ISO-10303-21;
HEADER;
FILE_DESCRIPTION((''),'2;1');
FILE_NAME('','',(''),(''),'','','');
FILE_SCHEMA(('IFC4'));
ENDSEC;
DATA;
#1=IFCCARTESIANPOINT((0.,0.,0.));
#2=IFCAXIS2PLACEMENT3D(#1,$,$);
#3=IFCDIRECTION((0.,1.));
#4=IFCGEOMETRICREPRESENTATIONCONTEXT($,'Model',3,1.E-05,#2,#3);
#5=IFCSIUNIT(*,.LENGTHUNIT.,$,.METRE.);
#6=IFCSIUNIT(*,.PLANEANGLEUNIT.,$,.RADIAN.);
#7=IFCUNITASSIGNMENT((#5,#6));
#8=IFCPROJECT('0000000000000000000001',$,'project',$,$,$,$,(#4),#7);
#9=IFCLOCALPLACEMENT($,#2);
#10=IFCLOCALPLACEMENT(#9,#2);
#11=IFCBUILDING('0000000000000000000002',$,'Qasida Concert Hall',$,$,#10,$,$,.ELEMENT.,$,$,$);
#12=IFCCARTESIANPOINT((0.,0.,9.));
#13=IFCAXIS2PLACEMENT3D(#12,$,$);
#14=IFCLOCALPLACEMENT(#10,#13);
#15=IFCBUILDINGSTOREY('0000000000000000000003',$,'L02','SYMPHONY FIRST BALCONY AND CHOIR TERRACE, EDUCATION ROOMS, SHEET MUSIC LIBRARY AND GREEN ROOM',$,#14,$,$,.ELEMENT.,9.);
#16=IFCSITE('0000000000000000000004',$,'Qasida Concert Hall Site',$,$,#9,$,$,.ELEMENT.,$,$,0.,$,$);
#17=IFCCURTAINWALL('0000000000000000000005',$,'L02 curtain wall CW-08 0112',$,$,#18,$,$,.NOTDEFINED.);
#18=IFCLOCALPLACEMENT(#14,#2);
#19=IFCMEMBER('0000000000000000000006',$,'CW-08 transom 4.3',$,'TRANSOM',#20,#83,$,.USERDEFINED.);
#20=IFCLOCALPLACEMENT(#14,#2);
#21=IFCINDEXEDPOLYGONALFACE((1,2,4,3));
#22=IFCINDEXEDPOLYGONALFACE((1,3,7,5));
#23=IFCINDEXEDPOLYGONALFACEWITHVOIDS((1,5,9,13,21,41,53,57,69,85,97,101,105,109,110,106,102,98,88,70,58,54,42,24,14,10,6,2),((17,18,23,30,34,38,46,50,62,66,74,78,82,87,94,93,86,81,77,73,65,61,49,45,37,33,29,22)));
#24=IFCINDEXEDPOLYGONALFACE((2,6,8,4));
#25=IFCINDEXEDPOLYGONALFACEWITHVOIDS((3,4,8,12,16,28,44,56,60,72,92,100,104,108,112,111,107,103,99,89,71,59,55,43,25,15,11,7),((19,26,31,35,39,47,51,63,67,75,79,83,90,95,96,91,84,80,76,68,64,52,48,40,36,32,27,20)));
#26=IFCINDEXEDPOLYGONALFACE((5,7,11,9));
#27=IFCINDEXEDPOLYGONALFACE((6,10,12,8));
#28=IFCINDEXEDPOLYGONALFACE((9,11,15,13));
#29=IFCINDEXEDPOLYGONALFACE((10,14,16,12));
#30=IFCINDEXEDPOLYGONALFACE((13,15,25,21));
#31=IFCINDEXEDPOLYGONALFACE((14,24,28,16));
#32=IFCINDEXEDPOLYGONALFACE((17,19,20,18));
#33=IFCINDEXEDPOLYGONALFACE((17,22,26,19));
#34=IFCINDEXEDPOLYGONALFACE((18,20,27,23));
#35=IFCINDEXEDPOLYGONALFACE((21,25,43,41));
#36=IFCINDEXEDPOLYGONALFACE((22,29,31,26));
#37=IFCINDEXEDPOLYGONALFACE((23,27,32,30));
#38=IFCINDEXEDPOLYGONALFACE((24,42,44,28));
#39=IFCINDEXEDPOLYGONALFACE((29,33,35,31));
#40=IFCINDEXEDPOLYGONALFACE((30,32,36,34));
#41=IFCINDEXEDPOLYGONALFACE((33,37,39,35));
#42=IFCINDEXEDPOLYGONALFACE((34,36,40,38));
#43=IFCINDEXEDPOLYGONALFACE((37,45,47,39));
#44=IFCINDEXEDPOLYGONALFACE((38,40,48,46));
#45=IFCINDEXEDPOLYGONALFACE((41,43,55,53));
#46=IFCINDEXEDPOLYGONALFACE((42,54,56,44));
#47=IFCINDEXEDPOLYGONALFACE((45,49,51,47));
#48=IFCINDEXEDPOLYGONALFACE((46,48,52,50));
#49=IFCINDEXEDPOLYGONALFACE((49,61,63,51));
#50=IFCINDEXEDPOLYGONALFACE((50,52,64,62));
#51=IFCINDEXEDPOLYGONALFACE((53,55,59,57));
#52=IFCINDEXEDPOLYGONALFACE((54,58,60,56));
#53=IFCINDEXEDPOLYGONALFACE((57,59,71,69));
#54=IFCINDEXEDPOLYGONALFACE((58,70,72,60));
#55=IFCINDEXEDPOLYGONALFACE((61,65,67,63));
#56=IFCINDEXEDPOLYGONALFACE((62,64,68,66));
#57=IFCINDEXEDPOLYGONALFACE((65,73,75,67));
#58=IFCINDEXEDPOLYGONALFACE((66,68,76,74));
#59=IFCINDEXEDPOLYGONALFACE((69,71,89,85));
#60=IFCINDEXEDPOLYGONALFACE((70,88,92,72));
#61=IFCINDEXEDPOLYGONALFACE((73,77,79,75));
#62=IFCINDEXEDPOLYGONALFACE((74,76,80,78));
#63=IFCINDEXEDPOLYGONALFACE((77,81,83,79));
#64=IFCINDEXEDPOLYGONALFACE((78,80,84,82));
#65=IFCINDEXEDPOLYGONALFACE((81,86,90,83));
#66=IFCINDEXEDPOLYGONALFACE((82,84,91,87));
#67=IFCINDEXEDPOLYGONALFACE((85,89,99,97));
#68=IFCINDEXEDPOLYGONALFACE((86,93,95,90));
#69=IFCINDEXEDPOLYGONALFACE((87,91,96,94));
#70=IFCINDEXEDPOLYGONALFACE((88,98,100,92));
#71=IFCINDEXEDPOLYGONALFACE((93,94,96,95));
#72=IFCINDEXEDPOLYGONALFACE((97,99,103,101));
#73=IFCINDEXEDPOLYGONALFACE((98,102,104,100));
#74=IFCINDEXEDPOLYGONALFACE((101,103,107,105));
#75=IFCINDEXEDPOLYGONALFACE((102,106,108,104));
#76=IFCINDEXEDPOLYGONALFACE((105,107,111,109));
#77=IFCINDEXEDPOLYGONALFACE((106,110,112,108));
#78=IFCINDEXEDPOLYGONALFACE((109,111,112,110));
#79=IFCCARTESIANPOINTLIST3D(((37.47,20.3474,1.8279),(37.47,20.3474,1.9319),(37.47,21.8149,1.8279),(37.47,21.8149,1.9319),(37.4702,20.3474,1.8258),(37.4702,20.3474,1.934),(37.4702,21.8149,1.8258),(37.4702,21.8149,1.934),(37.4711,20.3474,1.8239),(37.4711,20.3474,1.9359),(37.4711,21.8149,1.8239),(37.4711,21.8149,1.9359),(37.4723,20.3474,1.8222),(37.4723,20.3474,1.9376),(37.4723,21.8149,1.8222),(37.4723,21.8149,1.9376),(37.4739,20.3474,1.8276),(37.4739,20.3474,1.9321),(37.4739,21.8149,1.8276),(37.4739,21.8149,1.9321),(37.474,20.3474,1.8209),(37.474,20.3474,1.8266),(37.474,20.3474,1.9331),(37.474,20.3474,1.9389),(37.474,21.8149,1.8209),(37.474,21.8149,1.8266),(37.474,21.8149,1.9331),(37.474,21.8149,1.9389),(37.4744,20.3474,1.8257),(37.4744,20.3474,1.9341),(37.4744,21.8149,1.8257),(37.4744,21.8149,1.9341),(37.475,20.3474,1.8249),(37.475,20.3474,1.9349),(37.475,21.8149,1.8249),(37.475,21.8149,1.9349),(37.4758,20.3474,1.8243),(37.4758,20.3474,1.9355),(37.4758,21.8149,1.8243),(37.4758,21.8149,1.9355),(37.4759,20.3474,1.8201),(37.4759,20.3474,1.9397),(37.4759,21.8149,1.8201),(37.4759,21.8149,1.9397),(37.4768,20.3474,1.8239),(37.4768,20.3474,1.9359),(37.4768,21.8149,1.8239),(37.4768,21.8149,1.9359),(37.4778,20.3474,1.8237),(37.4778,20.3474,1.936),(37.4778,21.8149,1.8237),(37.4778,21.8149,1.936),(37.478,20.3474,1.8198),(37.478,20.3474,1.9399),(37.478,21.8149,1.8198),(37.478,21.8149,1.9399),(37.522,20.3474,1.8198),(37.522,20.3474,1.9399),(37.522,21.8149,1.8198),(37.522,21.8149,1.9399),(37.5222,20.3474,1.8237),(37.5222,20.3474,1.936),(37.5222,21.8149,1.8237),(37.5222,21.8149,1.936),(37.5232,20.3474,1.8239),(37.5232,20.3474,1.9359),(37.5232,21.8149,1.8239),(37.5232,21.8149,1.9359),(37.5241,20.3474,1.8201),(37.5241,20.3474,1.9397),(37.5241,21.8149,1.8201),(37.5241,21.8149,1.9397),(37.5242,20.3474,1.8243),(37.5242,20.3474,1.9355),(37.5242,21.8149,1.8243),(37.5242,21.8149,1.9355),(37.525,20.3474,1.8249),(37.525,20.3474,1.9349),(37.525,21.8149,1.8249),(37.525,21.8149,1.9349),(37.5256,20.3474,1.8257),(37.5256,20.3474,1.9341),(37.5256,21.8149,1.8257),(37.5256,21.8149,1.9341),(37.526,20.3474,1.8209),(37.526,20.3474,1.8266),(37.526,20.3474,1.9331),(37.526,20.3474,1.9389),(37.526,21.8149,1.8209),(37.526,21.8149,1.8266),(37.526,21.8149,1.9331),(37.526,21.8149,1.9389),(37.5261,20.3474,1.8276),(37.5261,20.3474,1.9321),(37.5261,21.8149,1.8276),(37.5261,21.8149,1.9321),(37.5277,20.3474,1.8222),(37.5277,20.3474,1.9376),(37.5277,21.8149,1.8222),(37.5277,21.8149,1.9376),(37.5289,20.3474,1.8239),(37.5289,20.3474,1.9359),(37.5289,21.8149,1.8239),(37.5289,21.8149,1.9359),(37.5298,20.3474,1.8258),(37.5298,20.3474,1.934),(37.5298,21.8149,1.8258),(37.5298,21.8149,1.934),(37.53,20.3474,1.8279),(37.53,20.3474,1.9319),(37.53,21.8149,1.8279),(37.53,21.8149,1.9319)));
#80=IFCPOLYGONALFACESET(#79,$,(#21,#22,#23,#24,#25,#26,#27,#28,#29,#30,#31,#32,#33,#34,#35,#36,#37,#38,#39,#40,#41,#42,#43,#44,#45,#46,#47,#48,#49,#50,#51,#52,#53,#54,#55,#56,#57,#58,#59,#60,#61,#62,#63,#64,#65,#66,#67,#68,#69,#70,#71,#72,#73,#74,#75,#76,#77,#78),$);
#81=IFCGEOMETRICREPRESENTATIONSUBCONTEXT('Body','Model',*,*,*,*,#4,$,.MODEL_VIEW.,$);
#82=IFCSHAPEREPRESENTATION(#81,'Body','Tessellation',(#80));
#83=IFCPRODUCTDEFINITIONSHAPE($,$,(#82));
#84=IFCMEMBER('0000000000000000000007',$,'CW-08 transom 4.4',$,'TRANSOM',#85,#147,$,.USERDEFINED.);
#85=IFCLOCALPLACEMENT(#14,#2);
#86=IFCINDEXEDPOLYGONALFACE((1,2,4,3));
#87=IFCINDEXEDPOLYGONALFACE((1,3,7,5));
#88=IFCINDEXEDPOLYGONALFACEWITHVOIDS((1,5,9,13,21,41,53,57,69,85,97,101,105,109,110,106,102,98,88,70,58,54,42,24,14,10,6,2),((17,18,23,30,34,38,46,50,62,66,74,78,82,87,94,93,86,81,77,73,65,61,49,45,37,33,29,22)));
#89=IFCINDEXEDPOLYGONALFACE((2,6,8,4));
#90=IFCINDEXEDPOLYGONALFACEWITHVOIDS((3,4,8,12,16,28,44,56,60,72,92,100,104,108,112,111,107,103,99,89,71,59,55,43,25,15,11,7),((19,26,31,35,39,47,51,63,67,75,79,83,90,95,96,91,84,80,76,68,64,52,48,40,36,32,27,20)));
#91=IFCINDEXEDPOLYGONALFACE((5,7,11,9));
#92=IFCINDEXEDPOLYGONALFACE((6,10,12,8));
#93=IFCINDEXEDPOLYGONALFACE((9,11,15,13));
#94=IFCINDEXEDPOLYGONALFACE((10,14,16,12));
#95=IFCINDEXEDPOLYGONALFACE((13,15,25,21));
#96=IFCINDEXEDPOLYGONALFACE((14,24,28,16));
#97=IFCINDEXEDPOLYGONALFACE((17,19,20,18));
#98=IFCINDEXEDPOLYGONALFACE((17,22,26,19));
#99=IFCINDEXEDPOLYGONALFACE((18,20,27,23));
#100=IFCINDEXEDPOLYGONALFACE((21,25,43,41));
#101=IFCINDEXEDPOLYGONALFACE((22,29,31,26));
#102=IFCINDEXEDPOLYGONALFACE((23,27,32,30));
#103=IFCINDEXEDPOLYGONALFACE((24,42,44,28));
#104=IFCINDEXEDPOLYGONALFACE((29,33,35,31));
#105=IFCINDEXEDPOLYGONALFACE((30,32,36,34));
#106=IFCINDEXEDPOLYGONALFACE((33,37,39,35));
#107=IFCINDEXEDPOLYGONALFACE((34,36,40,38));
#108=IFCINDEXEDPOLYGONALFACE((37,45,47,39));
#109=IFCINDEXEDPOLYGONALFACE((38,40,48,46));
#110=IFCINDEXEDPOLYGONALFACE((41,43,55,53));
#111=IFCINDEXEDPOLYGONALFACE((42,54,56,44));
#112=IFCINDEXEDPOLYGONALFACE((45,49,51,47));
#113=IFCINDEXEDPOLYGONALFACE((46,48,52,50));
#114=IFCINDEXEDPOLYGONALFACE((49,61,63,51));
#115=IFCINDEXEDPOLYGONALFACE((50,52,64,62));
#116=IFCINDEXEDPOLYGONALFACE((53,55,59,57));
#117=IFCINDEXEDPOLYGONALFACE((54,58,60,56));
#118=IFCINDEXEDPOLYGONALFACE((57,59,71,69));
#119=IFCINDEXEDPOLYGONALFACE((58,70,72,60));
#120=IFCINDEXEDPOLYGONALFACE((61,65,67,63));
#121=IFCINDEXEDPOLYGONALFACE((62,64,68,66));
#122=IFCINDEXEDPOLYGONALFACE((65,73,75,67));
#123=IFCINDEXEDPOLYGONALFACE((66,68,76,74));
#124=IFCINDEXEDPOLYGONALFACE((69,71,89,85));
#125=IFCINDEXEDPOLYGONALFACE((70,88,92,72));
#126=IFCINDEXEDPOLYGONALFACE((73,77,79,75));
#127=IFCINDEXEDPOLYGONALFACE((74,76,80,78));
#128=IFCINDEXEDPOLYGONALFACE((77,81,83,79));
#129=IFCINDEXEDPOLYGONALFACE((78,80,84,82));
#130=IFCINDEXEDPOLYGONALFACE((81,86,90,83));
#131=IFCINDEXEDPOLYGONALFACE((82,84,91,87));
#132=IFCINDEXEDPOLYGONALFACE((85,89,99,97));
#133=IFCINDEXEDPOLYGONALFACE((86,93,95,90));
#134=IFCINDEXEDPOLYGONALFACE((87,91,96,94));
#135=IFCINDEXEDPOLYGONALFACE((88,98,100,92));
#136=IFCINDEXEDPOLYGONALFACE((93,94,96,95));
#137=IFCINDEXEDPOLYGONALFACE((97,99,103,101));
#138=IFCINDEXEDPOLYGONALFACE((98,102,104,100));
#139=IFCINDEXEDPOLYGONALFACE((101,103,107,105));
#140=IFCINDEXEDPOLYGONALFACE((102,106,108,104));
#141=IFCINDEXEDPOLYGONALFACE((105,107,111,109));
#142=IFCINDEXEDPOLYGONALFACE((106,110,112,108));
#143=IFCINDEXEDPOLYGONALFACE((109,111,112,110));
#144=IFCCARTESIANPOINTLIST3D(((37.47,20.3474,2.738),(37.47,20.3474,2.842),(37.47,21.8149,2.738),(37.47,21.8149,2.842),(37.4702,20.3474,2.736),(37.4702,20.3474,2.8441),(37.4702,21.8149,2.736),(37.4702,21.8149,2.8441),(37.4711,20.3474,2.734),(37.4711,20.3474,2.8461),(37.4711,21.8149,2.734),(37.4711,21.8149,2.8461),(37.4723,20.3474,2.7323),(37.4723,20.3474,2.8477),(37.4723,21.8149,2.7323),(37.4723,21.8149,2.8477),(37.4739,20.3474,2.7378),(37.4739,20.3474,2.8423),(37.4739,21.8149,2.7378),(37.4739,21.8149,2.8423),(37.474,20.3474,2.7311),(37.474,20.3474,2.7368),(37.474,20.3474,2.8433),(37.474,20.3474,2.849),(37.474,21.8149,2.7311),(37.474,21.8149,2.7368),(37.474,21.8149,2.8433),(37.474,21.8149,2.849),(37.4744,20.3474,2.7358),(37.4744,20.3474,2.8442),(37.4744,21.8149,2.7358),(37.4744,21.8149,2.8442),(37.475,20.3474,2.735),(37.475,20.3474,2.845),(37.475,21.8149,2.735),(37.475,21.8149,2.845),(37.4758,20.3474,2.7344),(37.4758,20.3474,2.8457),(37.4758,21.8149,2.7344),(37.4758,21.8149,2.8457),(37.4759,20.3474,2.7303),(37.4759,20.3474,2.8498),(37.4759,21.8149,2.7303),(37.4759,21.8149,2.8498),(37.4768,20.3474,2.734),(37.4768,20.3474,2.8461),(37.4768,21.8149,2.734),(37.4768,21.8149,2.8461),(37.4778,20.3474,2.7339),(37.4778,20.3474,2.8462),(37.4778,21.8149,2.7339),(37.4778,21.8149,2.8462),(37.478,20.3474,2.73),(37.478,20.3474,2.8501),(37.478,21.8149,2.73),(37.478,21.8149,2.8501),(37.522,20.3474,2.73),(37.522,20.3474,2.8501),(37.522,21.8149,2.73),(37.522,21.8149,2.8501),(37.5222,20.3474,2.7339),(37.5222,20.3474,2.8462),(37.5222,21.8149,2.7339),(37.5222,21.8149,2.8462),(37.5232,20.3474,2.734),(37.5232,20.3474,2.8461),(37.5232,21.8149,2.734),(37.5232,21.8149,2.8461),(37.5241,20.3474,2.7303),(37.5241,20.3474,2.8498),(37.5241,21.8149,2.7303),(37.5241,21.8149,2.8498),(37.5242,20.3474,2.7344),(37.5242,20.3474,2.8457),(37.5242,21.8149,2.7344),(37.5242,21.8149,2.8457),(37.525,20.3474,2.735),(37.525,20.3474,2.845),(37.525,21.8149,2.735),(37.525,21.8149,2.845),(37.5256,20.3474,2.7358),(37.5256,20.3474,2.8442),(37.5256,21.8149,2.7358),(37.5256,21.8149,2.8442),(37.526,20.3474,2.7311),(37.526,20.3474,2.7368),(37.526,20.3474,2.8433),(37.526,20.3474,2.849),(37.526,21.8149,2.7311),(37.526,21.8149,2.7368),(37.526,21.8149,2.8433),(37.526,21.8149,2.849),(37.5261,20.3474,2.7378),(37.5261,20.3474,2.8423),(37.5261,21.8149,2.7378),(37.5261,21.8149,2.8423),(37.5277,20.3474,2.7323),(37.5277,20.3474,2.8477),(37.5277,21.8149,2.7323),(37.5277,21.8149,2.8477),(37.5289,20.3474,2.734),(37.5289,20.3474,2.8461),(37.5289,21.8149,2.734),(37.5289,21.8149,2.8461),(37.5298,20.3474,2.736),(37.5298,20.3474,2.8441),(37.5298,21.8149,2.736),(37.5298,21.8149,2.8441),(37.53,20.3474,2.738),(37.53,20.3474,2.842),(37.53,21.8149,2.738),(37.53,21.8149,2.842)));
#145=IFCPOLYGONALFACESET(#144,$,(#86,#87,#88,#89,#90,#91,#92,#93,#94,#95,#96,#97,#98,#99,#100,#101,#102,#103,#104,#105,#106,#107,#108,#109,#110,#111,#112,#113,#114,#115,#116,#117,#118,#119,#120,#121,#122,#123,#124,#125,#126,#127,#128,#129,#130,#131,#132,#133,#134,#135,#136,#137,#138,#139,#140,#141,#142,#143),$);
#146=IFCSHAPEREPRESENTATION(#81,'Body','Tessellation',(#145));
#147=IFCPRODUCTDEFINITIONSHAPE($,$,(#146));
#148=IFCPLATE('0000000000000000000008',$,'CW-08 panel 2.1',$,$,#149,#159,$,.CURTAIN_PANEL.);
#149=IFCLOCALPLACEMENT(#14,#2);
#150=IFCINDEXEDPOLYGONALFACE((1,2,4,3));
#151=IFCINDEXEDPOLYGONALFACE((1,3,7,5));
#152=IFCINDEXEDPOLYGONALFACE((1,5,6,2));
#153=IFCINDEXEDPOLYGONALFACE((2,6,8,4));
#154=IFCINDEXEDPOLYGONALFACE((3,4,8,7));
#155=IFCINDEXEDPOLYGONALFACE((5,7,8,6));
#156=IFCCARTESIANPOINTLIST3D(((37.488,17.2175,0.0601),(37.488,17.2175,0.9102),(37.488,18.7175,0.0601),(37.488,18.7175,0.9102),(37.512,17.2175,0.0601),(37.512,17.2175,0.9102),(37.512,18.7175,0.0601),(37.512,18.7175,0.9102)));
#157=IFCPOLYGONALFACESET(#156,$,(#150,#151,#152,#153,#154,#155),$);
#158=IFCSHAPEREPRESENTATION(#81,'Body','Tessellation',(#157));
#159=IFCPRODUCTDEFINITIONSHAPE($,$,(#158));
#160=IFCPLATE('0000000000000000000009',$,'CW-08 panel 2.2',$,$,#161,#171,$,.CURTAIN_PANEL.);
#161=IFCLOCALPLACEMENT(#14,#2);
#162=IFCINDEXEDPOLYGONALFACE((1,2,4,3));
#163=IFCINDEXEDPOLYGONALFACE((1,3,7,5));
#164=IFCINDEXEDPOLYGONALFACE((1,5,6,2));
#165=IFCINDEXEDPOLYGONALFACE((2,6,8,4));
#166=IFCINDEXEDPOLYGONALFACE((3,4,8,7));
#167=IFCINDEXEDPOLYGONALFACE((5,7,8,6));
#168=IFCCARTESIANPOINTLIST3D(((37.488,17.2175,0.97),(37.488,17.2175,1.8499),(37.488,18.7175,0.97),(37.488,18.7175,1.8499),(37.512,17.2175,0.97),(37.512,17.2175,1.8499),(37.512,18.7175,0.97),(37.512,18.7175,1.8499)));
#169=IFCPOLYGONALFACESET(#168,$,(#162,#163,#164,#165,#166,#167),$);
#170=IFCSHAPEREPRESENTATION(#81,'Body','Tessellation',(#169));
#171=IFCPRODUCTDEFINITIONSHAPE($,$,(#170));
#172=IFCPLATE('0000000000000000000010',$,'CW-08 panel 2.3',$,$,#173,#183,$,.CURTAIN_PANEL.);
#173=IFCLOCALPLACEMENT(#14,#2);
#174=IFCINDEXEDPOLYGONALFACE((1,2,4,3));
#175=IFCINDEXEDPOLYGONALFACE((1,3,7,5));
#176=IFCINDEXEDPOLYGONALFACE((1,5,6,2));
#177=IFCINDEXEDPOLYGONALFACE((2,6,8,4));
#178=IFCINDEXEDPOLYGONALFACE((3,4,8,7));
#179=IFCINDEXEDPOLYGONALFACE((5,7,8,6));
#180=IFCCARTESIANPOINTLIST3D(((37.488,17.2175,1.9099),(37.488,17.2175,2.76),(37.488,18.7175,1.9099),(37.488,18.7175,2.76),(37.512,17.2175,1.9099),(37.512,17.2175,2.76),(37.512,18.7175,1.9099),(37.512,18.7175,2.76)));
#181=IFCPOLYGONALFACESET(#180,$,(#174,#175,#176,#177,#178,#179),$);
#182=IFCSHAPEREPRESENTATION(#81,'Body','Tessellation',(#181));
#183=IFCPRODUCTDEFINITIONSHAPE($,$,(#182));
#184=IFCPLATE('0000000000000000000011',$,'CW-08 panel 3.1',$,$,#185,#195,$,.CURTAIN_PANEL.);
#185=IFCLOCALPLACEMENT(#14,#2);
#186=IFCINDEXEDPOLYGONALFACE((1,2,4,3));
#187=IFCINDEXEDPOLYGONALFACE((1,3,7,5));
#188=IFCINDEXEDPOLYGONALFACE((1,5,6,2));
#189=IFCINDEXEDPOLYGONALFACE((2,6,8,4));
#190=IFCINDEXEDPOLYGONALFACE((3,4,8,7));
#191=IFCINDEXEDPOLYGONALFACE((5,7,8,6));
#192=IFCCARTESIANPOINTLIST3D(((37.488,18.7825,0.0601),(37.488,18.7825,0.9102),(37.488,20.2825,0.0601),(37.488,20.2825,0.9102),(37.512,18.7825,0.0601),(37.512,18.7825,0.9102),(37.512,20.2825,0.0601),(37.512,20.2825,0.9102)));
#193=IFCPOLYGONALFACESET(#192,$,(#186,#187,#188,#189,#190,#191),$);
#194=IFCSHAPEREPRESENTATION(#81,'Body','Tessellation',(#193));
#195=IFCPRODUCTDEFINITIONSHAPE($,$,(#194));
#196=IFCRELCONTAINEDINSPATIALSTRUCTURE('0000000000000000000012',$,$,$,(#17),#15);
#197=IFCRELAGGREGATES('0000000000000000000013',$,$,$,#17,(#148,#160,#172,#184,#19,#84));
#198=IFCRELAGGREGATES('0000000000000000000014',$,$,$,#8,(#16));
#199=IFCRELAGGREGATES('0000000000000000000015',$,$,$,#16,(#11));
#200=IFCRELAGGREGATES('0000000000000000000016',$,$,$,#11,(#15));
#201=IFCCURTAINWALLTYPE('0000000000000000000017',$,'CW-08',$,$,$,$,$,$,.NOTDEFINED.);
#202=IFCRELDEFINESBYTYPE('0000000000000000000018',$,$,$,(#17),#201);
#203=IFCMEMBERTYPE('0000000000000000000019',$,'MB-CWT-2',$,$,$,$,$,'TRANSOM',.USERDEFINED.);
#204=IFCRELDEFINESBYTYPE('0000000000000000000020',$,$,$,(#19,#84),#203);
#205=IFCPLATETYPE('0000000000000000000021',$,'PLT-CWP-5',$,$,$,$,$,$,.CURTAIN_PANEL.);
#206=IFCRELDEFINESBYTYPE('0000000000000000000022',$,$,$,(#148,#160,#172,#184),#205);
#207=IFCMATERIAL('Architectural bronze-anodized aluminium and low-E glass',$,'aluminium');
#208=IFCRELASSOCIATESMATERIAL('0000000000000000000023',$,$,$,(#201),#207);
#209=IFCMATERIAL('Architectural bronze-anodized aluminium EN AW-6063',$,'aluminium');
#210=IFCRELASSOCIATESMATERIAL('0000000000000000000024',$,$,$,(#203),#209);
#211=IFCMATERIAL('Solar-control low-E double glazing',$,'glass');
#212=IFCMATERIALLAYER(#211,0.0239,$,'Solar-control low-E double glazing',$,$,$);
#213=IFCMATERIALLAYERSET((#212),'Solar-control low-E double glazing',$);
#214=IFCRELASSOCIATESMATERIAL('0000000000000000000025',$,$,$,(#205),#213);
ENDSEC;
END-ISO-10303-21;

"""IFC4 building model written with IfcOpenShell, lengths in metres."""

from ifc_helpers import new_model, si_unit, direction, frame, origin, origin_2d, place, context, subcontext, project, spatial, rectangle, hollow_rectangle, extrude, material, layer, layer_set, material_profile, profile_set, type_object, element, aggregate, save


model = new_model("IFC4")

# Units and contexts
model_context = context("Model", 3, precision=1e-05, world=origin(), true_north=direction((0.0, 1.0)))
body_context = subcontext(model_context, "Body", "Model", "MODEL_VIEW")
ifc_project = project(units=[si_unit("LENGTHUNIT", "METRE"), si_unit("PLANEANGLEUNIT", "RADIAN")], contexts=[model_context])

# Site, building, storey
site_placement = place(None, origin())
site = spatial("IfcSite", under=ifc_project, at=site_placement, Name="Qasida Concert Hall Site", CompositionType="ELEMENT", RefElevation=0.0)
building_placement = place(site_placement, origin())
building = spatial("IfcBuilding", under=site, at=building_placement, Name="Qasida Concert Hall", CompositionType="ELEMENT")
storey_placement = place(building_placement, frame((0.0, 0.0, 9.0)))
storey = spatial("IfcBuildingStorey", under=building, at=storey_placement, Name="L02", Description="SYMPHONY FIRST BALCONY AND CHOIR TERRACE, EDUCATION ROOMS, SHEET MUSIC LIBRARY AND GREEN ROOM", CompositionType="ELEMENT", Elevation=9.0)

# Curtain wall, members, plates
ifc_material_1 = material(Name="Architectural bronze-anodized aluminium and low-E glass", Category="aluminium")
curtain_wall_type = type_object("IfcCurtainWallType", Name="CW-08", PredefinedType="NOTDEFINED", material=ifc_material_1)
curtain_wall_placement = place(storey_placement, origin())
curtain_wall = element("IfcCurtainWall", 1, at=curtain_wall_placement, inside=storey, type_object=curtain_wall_type, Name="L02 curtain wall CW-08 0112", PredefinedType="NOTDEFINED")
ifc_material_2 = material(Name="Architectural bronze-anodized aluminium EN AW-6063", Category="aluminium")
ifc_material_profile_1 = material_profile(ifc_material_2, hollow_rectangle(XDim=0.0601, YDim=0.1201, WallThickness=0.0039, InnerFilletRadius=0.0039, OuterFilletRadius=0.0081, at=origin_2d()), Name="CWT 120x60x4")
ifc_profile_set_1 = profile_set([ifc_material_profile_1], Name="Architectural bronze-anodized aluminium EN AW-6063")
member_type_1 = type_object("IfcMemberType", Name="MB-CWT-2", ElementType="TRANSOM", PredefinedType="USERDEFINED", material=ifc_profile_set_1)
member_1_placement = place(storey_placement, frame((37.5, 20.3474, 1.8799), z_axis=(0.0, 1.0, 0.0), x_axis=(-1.0, 0.0, 0.0)))
member_1 = element("IfcMember", 2, at=member_1_placement, type_object=member_type_1, Name="CW-08 transom 4.3", ObjectType="TRANSOM", PredefinedType="USERDEFINED", context=body_context, shape_type="SweptSolid", body=[
    extrude(hollow_rectangle(XDim=0.0601, YDim=0.1201, WallThickness=0.0039, InnerFilletRadius=0.0039, OuterFilletRadius=0.0081, at=origin_2d()), origin(), (0.0, 0.0, 1.0), 1.4675),
])
member_2_placement = place(storey_placement, frame((37.5, 20.3474, 2.79), z_axis=(0.0, 1.0, 0.0), x_axis=(-1.0, 0.0, 0.0)))
member_2 = element("IfcMember", 3, at=member_2_placement, type_object=member_type_1, Name="CW-08 transom 4.4", ObjectType="TRANSOM", PredefinedType="USERDEFINED", context=body_context, shape_type="SweptSolid", body=[
    extrude(hollow_rectangle(XDim=0.0601, YDim=0.1201, WallThickness=0.0039, InnerFilletRadius=0.0039, OuterFilletRadius=0.0081, at=origin_2d()), origin(), (0.0, 0.0, 1.0), 1.4675),
])
ifc_material_3 = material(Name="Solar-control low-E double glazing", Category="glass")
ifc_layer = layer(ifc_material_3, 0.0239, Name="Solar-control low-E double glazing")
ifc_layer_set = layer_set([ifc_layer], Name="Solar-control low-E double glazing")
plate_type = type_object("IfcPlateType", Name="PLT-CWP-5", PredefinedType="CURTAIN_PANEL", material=ifc_layer_set)
plate_1_placement = place(storey_placement, frame((37.5, 17.9675, 0.0601), z_axis=(0.0, 0.0, 1.0), x_axis=(0.0, 1.0, 0.0)))
plate_1 = element("IfcPlate", 4, at=plate_1_placement, type_object=plate_type, Name="CW-08 panel 2.1", PredefinedType="CURTAIN_PANEL", context=body_context, shape_type="SweptSolid", body=[
    extrude(rectangle(XDim=1.5, YDim=0.0239, at=origin_2d()), origin(), (0.0, 0.0, 1.0), 0.8501),
])
plate_2_placement = place(storey_placement, frame((37.5, 17.9675, 0.97), z_axis=(0.0, 0.0, 1.0), x_axis=(0.0, 1.0, 0.0)))
plate_2 = element("IfcPlate", 5, at=plate_2_placement, type_object=plate_type, Name="CW-08 panel 2.2", PredefinedType="CURTAIN_PANEL", context=body_context, shape_type="SweptSolid", body=[
    extrude(rectangle(XDim=1.5, YDim=0.0239, at=origin_2d()), origin(), (0.0, 0.0, 1.0), 0.8799),
])
plate_3_placement = place(storey_placement, frame((37.5, 17.9675, 1.9099), z_axis=(0.0, 0.0, 1.0), x_axis=(0.0, 1.0, 0.0)))
plate_3 = element("IfcPlate", 6, at=plate_3_placement, type_object=plate_type, Name="CW-08 panel 2.3", PredefinedType="CURTAIN_PANEL", context=body_context, shape_type="SweptSolid", body=[
    extrude(rectangle(XDim=1.5, YDim=0.0239, at=origin_2d()), origin(), (0.0, 0.0, 1.0), 0.8501),
])
plate_4_placement = place(storey_placement, frame((37.5, 19.5325, 0.0601), z_axis=(0.0, 0.0, 1.0), x_axis=(0.0, 1.0, 0.0)))
plate_4 = element("IfcPlate", 7, at=plate_4_placement, type_object=plate_type, Name="CW-08 panel 3.1", PredefinedType="CURTAIN_PANEL", context=body_context, shape_type="SweptSolid", body=[
    extrude(rectangle(XDim=1.5, YDim=0.0239, at=origin_2d()), origin(), (0.0, 0.0, 1.0), 0.8501),
])
aggregate(curtain_wall, [plate_1, plate_2, plate_3, plate_4, member_1, member_2])

save(model, "model.ifc")
